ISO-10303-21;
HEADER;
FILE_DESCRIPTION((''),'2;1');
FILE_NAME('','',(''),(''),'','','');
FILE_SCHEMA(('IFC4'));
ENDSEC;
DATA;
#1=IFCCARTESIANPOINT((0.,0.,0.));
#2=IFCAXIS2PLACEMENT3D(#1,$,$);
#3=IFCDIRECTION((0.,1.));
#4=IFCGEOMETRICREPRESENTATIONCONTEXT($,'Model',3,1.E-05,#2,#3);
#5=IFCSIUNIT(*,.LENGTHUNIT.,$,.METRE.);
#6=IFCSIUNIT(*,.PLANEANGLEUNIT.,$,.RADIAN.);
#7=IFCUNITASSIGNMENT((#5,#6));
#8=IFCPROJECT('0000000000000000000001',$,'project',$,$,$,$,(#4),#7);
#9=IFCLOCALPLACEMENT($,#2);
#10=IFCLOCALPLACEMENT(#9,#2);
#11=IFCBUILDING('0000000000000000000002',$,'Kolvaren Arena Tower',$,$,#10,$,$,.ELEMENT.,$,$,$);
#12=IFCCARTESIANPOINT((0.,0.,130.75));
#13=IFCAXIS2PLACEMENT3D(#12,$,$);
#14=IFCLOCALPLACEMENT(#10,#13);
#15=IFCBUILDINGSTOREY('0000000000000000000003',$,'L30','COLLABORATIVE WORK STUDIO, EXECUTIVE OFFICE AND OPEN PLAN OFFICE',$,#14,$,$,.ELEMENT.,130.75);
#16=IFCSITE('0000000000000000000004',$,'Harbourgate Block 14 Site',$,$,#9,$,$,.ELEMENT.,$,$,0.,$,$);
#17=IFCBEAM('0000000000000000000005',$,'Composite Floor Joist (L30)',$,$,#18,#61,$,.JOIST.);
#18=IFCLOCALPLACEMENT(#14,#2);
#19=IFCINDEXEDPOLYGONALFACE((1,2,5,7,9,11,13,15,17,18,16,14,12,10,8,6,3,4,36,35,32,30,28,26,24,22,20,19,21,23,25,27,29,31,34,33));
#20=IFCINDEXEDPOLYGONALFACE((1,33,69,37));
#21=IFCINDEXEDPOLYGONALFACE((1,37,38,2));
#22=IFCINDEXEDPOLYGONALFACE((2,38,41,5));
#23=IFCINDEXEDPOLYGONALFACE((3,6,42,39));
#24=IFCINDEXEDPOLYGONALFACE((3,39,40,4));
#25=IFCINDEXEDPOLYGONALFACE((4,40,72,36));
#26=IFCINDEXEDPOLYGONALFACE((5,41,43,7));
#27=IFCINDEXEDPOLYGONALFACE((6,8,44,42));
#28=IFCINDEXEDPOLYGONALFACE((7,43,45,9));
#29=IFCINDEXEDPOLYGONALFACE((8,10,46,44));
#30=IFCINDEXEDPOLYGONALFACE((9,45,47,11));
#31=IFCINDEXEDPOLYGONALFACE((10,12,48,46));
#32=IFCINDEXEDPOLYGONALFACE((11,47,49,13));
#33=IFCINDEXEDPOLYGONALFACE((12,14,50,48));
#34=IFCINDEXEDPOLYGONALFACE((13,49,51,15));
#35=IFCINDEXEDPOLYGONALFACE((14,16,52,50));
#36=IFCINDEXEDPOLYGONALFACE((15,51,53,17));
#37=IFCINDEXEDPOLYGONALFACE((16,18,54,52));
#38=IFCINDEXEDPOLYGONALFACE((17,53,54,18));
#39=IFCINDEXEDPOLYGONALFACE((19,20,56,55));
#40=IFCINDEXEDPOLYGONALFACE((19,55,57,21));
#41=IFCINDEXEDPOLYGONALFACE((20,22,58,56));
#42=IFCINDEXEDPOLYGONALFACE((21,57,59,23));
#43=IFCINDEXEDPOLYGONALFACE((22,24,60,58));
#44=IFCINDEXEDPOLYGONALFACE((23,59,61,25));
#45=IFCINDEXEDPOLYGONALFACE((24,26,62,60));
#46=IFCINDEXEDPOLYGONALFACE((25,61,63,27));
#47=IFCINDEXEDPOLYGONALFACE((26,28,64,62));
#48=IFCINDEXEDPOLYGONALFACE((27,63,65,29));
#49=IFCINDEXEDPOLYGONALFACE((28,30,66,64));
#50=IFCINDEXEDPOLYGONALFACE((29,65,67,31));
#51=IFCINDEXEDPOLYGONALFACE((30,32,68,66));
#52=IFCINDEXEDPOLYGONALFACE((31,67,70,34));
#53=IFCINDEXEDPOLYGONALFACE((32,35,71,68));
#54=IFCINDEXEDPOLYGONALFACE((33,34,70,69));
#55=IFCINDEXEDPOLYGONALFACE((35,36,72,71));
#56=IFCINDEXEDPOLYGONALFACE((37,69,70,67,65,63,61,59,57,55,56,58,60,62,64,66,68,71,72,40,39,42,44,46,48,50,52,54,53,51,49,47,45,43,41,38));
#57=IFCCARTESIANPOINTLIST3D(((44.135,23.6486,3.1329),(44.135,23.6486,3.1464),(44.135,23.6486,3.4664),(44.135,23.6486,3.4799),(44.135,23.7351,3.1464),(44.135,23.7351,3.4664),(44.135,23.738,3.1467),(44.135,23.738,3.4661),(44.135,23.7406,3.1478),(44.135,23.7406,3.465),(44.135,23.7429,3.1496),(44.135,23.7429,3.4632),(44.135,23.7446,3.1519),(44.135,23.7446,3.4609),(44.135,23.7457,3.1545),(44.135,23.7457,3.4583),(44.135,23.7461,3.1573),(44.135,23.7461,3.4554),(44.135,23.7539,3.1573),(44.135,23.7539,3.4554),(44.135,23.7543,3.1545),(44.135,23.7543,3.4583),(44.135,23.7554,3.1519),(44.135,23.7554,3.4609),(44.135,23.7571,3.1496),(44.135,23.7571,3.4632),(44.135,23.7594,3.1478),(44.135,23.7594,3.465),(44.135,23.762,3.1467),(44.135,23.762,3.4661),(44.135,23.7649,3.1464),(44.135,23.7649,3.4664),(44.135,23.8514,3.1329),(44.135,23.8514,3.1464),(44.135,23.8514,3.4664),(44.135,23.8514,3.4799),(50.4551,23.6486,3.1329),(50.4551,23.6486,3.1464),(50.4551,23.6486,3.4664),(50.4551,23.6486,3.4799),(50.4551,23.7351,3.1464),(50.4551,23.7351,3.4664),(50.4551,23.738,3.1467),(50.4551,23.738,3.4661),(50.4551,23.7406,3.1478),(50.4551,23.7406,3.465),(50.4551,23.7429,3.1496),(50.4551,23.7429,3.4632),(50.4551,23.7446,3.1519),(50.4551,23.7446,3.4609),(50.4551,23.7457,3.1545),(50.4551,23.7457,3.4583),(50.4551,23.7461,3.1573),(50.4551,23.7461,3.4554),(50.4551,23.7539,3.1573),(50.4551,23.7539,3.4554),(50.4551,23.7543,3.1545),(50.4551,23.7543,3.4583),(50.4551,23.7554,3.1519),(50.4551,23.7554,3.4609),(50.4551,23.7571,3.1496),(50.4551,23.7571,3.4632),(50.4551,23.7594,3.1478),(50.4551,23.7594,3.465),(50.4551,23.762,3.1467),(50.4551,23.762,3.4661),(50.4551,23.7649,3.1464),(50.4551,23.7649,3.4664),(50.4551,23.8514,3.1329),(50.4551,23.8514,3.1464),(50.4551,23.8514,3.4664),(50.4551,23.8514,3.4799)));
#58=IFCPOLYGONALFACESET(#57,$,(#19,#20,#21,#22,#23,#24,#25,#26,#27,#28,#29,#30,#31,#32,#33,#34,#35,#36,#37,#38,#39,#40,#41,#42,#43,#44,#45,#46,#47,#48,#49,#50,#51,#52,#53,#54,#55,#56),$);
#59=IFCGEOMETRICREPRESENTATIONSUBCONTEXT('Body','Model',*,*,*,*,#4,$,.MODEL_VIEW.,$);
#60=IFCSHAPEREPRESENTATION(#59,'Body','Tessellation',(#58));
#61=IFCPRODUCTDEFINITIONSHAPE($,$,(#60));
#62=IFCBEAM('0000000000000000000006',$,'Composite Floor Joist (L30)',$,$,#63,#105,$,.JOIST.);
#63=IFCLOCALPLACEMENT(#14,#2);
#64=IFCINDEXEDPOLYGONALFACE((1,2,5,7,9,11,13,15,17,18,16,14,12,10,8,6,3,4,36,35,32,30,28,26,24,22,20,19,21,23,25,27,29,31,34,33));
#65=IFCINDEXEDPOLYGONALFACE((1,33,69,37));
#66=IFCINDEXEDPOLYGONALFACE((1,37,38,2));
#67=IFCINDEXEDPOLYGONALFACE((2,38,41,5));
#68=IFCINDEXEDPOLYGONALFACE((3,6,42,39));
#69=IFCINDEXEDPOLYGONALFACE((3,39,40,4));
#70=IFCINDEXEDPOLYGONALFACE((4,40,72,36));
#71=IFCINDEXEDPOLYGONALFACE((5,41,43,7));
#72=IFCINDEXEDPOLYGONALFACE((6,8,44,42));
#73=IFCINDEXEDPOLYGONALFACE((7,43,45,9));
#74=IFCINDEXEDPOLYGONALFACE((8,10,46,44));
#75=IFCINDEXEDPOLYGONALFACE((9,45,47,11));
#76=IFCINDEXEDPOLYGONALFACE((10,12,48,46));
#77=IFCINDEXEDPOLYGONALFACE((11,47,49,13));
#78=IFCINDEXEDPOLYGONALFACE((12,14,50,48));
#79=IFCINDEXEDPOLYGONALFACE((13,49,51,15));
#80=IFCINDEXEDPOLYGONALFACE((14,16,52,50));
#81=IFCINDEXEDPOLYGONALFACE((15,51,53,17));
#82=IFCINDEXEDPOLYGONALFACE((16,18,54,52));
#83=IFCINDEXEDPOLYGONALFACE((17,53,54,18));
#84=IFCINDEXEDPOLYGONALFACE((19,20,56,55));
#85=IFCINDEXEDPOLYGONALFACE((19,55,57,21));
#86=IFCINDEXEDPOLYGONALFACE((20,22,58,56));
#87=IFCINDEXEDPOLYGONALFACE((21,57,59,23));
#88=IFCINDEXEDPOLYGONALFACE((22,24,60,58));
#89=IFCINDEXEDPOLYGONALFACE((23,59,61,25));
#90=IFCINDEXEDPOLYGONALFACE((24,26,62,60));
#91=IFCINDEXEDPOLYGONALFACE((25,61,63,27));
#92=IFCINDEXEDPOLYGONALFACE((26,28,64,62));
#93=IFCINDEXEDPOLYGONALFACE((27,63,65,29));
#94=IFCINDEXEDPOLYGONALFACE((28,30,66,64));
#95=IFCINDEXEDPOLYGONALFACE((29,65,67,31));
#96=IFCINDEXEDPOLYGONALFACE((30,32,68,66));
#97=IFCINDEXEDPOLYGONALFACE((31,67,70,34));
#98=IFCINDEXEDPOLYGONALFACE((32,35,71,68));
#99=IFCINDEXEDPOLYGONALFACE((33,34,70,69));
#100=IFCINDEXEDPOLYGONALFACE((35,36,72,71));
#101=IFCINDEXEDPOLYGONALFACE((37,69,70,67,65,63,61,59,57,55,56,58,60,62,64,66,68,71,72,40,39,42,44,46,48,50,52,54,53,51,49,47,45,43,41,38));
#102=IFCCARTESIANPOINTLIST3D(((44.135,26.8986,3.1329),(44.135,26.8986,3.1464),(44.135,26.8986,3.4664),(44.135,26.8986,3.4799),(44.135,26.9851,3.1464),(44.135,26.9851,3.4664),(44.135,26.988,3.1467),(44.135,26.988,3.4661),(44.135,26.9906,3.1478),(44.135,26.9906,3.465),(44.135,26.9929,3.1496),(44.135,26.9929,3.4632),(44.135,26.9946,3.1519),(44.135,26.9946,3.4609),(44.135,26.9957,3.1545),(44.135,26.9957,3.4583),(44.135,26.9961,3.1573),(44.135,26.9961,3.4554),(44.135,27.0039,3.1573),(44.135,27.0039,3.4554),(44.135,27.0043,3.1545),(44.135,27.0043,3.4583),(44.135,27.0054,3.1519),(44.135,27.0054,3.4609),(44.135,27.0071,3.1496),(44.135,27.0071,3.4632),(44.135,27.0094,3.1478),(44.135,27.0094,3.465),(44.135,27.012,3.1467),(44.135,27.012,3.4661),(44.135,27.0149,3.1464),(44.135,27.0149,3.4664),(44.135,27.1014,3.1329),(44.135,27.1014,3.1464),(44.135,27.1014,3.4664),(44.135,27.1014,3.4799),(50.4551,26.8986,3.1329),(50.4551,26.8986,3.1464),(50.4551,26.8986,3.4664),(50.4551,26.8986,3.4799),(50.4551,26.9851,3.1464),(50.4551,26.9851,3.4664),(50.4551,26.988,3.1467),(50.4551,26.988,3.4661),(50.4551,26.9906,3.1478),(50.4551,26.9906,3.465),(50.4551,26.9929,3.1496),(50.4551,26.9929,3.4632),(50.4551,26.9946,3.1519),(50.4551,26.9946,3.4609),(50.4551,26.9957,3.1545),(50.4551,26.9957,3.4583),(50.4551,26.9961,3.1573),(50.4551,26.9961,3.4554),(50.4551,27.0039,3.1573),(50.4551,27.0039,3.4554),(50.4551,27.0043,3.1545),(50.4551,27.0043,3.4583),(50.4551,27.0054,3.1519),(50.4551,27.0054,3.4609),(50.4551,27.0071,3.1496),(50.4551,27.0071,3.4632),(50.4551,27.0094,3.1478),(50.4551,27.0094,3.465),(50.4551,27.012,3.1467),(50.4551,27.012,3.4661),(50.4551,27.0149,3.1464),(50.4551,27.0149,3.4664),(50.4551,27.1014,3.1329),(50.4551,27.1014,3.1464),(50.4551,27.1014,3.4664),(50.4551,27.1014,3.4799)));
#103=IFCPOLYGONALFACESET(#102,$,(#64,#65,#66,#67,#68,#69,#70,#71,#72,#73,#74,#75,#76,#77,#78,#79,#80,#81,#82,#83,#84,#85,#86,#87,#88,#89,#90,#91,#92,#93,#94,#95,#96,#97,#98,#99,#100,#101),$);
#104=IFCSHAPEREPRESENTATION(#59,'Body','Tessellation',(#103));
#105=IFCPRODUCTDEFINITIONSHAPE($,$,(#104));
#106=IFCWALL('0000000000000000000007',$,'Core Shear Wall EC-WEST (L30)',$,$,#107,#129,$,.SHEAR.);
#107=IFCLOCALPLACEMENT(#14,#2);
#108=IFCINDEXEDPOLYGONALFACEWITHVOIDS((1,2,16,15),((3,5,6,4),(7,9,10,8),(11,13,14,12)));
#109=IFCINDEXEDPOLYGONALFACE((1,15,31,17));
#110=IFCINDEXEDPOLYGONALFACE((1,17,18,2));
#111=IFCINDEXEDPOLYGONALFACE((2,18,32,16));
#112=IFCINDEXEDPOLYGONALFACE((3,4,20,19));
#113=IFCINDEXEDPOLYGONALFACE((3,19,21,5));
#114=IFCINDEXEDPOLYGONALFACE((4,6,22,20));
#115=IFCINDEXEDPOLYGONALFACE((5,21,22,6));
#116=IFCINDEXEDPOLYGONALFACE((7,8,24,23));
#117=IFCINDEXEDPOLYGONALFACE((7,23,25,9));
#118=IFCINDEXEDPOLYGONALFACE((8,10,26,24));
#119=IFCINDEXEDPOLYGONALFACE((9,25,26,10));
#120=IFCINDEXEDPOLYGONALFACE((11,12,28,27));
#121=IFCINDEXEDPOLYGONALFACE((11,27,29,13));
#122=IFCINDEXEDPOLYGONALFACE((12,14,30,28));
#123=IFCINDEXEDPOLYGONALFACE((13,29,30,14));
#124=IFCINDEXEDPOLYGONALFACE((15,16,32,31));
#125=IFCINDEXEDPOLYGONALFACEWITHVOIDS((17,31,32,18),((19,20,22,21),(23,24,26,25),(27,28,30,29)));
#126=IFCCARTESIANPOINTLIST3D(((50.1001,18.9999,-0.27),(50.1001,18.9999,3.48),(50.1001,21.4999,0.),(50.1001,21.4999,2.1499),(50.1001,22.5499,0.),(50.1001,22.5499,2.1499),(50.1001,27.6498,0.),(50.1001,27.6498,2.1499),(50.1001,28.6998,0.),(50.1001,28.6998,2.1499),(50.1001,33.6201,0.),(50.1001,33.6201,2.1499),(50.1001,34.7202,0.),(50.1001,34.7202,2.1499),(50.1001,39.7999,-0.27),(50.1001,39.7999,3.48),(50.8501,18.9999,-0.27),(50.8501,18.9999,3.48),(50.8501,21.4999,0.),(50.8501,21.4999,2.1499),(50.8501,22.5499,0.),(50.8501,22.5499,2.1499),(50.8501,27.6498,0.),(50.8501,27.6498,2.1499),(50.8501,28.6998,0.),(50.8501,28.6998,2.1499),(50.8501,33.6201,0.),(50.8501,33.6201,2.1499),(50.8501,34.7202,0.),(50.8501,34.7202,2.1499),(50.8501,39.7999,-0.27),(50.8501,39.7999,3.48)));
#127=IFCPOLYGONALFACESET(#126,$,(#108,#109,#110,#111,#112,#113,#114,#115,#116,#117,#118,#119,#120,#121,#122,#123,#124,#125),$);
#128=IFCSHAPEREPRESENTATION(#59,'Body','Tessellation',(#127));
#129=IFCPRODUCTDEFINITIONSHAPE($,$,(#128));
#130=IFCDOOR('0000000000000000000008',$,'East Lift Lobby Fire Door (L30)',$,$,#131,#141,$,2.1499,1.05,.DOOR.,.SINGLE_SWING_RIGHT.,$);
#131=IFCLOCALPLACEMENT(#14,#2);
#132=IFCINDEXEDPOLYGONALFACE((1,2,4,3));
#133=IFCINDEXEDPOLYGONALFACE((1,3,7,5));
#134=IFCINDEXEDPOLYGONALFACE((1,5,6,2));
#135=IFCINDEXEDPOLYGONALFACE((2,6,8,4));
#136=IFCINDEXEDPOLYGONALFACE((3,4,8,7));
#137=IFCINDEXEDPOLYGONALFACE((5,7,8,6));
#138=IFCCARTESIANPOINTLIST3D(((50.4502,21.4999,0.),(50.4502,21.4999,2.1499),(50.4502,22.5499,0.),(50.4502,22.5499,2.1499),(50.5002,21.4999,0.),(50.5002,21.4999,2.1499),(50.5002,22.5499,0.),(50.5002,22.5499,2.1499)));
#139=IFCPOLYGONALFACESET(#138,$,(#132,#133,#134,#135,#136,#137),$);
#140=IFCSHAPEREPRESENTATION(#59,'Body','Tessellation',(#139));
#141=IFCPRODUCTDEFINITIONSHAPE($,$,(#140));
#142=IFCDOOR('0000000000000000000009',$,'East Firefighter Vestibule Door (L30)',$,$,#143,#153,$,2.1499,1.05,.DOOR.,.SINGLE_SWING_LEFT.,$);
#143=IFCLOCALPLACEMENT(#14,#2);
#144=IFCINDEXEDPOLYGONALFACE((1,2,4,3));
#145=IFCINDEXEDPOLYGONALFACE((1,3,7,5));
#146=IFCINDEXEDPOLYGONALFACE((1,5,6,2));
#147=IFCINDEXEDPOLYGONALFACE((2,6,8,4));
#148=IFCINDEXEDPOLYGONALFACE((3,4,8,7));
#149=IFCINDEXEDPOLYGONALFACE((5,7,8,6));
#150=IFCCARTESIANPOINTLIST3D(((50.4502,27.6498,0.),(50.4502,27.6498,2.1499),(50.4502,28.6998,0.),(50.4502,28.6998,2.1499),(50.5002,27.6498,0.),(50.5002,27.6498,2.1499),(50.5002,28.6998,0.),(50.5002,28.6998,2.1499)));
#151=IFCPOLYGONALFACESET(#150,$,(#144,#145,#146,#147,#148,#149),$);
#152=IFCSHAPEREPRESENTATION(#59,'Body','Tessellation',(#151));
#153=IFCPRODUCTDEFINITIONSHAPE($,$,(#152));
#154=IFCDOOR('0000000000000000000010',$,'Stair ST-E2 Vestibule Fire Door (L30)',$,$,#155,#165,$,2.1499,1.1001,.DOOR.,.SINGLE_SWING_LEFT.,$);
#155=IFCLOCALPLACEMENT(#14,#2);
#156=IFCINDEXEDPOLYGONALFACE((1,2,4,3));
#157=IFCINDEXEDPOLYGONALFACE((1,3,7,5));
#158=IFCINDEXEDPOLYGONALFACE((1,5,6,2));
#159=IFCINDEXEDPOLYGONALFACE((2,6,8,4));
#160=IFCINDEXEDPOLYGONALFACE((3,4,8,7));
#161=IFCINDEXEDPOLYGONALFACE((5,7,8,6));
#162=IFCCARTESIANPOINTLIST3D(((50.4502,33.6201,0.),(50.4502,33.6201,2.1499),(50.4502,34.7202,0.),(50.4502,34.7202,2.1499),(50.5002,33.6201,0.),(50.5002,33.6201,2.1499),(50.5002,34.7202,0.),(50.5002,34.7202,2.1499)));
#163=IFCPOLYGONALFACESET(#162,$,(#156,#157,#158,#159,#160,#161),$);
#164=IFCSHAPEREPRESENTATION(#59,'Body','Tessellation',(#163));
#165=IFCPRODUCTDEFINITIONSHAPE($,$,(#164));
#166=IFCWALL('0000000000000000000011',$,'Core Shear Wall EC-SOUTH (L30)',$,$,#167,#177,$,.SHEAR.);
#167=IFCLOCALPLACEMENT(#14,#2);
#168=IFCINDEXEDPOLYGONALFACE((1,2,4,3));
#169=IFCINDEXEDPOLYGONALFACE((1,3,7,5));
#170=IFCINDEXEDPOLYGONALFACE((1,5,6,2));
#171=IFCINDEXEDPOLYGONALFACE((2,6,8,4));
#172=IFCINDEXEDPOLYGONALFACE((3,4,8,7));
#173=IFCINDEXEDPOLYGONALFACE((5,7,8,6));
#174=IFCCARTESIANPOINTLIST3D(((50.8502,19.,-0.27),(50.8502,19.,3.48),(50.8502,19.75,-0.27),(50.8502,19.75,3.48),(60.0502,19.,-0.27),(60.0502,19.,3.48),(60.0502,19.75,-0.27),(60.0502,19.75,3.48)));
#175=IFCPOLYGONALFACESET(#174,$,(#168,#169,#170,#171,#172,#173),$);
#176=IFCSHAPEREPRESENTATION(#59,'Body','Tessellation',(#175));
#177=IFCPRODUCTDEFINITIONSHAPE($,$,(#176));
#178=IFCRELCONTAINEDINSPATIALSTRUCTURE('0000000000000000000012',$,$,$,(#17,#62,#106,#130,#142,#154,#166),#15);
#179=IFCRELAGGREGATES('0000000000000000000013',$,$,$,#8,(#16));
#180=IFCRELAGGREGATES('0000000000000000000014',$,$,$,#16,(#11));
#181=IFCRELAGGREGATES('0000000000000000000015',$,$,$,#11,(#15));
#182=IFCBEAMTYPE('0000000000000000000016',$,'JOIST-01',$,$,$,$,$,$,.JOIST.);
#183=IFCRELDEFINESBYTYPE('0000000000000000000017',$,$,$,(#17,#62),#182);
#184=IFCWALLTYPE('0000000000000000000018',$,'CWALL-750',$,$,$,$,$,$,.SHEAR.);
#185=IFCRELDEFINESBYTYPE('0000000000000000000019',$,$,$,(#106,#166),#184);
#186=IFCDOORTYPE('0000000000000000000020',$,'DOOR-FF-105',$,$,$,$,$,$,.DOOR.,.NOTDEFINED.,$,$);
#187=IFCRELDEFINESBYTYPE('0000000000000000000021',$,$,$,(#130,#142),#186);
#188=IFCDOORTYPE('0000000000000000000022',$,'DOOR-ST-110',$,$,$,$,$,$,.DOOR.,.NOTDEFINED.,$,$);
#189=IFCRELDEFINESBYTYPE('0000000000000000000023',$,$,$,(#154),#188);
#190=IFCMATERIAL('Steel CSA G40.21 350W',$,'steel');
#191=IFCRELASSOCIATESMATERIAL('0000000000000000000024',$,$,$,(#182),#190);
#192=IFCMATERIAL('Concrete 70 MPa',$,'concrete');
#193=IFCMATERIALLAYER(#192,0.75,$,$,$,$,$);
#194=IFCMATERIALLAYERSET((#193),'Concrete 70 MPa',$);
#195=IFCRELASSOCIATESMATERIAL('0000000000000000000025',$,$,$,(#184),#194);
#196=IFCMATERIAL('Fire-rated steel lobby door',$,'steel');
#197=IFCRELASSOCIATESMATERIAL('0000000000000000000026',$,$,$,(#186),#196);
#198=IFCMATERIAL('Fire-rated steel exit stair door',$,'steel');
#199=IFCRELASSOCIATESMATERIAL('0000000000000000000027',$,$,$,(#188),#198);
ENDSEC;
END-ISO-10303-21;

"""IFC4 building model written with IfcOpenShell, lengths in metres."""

from ifc_helpers import new_model, si_unit, direction, frame, frame_2d, origin, origin_2d, place, context, subcontext, project, spatial, rectangle, i_section, extrude, material, layer, layer_set, material_profile, profile_set, type_object, element, fill, save


model = new_model("IFC4")

# Units and contexts
model_context = context("Model", 3, precision=1e-05, world=origin(), true_north=direction((0.0, 1.0)))
body_context = subcontext(model_context, "Body", "Model", "MODEL_VIEW")
ifc_project = project(units=[si_unit("LENGTHUNIT", "METRE"), si_unit("PLANEANGLEUNIT", "RADIAN")], contexts=[model_context])

# Site, building, storey
site_placement = place(None, origin())
site = spatial("IfcSite", under=ifc_project, at=site_placement, Name="Harbourgate Block 14 Site", CompositionType="ELEMENT", RefElevation=0.0)
building_placement = place(site_placement, origin())
building = spatial("IfcBuilding", under=site, at=building_placement, Name="Kolvaren Arena Tower", CompositionType="ELEMENT")
storey_placement = place(building_placement, frame((0.0, 0.0, 130.75)))
storey = spatial("IfcBuildingStorey", under=building, at=storey_placement, Name="L30", Description="COLLABORATIVE WORK STUDIO, EXECUTIVE OFFICE AND OPEN PLAN OFFICE", CompositionType="ELEMENT", Elevation=130.75)

# Beams
ifc_material_1 = material(Name="Steel CSA G40.21 350W", Category="steel")
ifc_material_profile_1 = material_profile(ifc_material_1, i_section(OverallWidth=0.2029, OverallDepth=0.3469, WebThickness=0.0078, FlangeThickness=0.0134, FilletRadius=0.011, at=origin_2d()), Name="W360x64")
ifc_profile_set_1 = profile_set([ifc_material_profile_1], Name="Steel CSA G40.21 350W")
beam_type_1 = type_object("IfcBeamType", Name="JOIST-01", PredefinedType="JOIST", material=ifc_profile_set_1)
for number, where, z_axis, x_axis, name in (
    (1, (44.135, 23.75, 3.3064), (1.0, 0.0, 0.0), (0.0, 1.0, 0.0), "Composite Floor Joist (L30)"),
    (2, (44.135, 27.0, 3.3064), (1.0, 0.0, 0.0), (0.0, 1.0, 0.0), "Composite Floor Joist (L30)"),
):
    element("IfcBeam", number, at=place(storey_placement, frame(where, z_axis=z_axis, x_axis=x_axis)), inside=storey, type_object=beam_type_1, Name=name, PredefinedType="JOIST", context=body_context, shape_type="SweptSolid", body=[
        extrude(i_section(OverallWidth=0.2029, OverallDepth=0.3469, WebThickness=0.0078, FlangeThickness=0.0134, FilletRadius=0.011, at=origin_2d()), origin(), (0.0, 0.0, 1.0), 6.3201),
    ])

# Wall, openings, doors
ifc_material_2 = material(Name="Concrete 70 MPa", Category="concrete")
ifc_layer_1 = layer(ifc_material_2, 0.75)
ifc_layer_set_1 = layer_set([ifc_layer_1], Name="Concrete 70 MPa")
wall_type_1 = type_object("IfcWallType", Name="CWALL-750", PredefinedType="SHEAR", material=ifc_layer_set_1)
wall_1_placement = place(storey_placement, frame((50.4751, 19.0, -0.27), z_axis=(0.0, 0.0, 1.0), x_axis=(0.0, 1.0, 0.0)))
wall_1 = element("IfcWall", 3, at=wall_1_placement, inside=storey, type_object=wall_type_1, Name="Core Shear Wall EC-WEST (L30)", PredefinedType="SHEAR", context=body_context, shape_type="SweptSolid", body=[
    extrude(rectangle(XDim=20.8, YDim=0.75, at=frame_2d((10.3999, 0.0))), origin(), (0.0, 0.0, 1.0), 3.75),
])
opening_1_placement = place(wall_1_placement, frame((2.5, 0.0, 0.27)))
opening_1 = element("IfcOpeningElement", 4, at=opening_1_placement, cuts=wall_1, PredefinedType="OPENING", context=body_context, shape_type="SweptSolid", body=[
    extrude(rectangle(XDim=1.05, YDim=2.1499, at=frame_2d((0.5249, 1.075))), frame((0.0, 0.385, 0.0), z_axis=(0.0, -1.0, 0.0), x_axis=(1.0, 0.0, 0.0)), (0.0, 0.0, 1.0), 0.77),
])
opening_2_placement = place(wall_1_placement, frame((8.6499, 0.0, 0.27)))
opening_2 = element("IfcOpeningElement", 5, at=opening_2_placement, cuts=wall_1, PredefinedType="OPENING", context=body_context, shape_type="SweptSolid", body=[
    extrude(rectangle(XDim=1.05, YDim=2.1499, at=frame_2d((0.5249, 1.075))), frame((0.0, 0.385, 0.0), z_axis=(0.0, -1.0, 0.0), x_axis=(1.0, 0.0, 0.0)), (0.0, 0.0, 1.0), 0.77),
])
opening_3_placement = place(wall_1_placement, frame((14.6201, 0.0, 0.27)))
opening_3 = element("IfcOpeningElement", 6, at=opening_3_placement, cuts=wall_1, PredefinedType="OPENING", context=body_context, shape_type="SweptSolid", body=[
    extrude(rectangle(XDim=1.1001, YDim=2.1499, at=frame_2d((0.55, 1.075))), frame((0.0, 0.385, 0.0), z_axis=(0.0, -1.0, 0.0), x_axis=(1.0, 0.0, 0.0)), (0.0, 0.0, 1.0), 0.77),
])
ifc_material_3 = material(Name="Fire-rated steel lobby door", Category="steel")
door_type_1 = type_object("IfcDoorType", Name="DOOR-FF-105", OperationType="NOTDEFINED", PredefinedType="DOOR", material=ifc_material_3)
door_1_placement = place(opening_1_placement, origin())
door_1 = element("IfcDoor", 7, at=door_1_placement, inside=storey, type_object=door_type_1, Name="East Lift Lobby Fire Door (L30)", OperationType="SINGLE_SWING_RIGHT", OverallHeight=2.1499, OverallWidth=1.05, PredefinedType="DOOR", context=body_context, shape_type="SweptSolid", body=[
    extrude(rectangle(XDim=1.05, YDim=2.1499, at=frame_2d((0.5249, 1.075))), frame((0.0, 0.0249, 0.0), z_axis=(0.0, -1.0, 0.0), x_axis=(1.0, 0.0, 0.0)), (0.0, 0.0, 1.0), 0.05),
])
fill(opening_1, door_1)
door_2_placement = place(opening_2_placement, origin())
door_2 = element("IfcDoor", 8, at=door_2_placement, inside=storey, type_object=door_type_1, Name="East Firefighter Vestibule Door (L30)", OperationType="SINGLE_SWING_LEFT", OverallHeight=2.1499, OverallWidth=1.05, PredefinedType="DOOR", context=body_context, shape_type="SweptSolid", body=[
    extrude(rectangle(XDim=1.05, YDim=2.1499, at=frame_2d((0.5249, 1.075))), frame((0.0, 0.0249, 0.0), z_axis=(0.0, -1.0, 0.0), x_axis=(1.0, 0.0, 0.0)), (0.0, 0.0, 1.0), 0.05),
])
fill(opening_2, door_2)
ifc_material_4 = material(Name="Fire-rated steel exit stair door", Category="steel")
door_type_2 = type_object("IfcDoorType", Name="DOOR-ST-110", OperationType="NOTDEFINED", PredefinedType="DOOR", material=ifc_material_4)
door_3_placement = place(opening_3_placement, origin())
door_3 = element("IfcDoor", 9, at=door_3_placement, inside=storey, type_object=door_type_2, Name="Stair ST-E2 Vestibule Fire Door (L30)", OperationType="SINGLE_SWING_LEFT", OverallHeight=2.1499, OverallWidth=1.1001, PredefinedType="DOOR", context=body_context, shape_type="SweptSolid", body=[
    extrude(rectangle(XDim=1.1001, YDim=2.1499, at=frame_2d((0.55, 1.075))), frame((0.0, 0.0249, 0.0), z_axis=(0.0, -1.0, 0.0), x_axis=(1.0, 0.0, 0.0)), (0.0, 0.0, 1.0), 0.05),
])
fill(opening_3, door_3)

# Wall
wall_2_placement = place(storey_placement, frame((50.8501, 19.375, -0.27), z_axis=(0.0, 0.0, 1.0), x_axis=(1.0, 0.0, 0.0)))
element("IfcWall", 10, at=wall_2_placement, inside=storey, type_object=wall_type_1, Name="Core Shear Wall EC-SOUTH (L30)", PredefinedType="SHEAR", context=body_context, shape_type="SweptSolid", body=[
    extrude(rectangle(XDim=9.2, YDim=0.75, at=frame_2d((4.6001, 0.0))), origin(), (0.0, 0.0, 1.0), 3.75),
])

save(model, "model.ifc")
